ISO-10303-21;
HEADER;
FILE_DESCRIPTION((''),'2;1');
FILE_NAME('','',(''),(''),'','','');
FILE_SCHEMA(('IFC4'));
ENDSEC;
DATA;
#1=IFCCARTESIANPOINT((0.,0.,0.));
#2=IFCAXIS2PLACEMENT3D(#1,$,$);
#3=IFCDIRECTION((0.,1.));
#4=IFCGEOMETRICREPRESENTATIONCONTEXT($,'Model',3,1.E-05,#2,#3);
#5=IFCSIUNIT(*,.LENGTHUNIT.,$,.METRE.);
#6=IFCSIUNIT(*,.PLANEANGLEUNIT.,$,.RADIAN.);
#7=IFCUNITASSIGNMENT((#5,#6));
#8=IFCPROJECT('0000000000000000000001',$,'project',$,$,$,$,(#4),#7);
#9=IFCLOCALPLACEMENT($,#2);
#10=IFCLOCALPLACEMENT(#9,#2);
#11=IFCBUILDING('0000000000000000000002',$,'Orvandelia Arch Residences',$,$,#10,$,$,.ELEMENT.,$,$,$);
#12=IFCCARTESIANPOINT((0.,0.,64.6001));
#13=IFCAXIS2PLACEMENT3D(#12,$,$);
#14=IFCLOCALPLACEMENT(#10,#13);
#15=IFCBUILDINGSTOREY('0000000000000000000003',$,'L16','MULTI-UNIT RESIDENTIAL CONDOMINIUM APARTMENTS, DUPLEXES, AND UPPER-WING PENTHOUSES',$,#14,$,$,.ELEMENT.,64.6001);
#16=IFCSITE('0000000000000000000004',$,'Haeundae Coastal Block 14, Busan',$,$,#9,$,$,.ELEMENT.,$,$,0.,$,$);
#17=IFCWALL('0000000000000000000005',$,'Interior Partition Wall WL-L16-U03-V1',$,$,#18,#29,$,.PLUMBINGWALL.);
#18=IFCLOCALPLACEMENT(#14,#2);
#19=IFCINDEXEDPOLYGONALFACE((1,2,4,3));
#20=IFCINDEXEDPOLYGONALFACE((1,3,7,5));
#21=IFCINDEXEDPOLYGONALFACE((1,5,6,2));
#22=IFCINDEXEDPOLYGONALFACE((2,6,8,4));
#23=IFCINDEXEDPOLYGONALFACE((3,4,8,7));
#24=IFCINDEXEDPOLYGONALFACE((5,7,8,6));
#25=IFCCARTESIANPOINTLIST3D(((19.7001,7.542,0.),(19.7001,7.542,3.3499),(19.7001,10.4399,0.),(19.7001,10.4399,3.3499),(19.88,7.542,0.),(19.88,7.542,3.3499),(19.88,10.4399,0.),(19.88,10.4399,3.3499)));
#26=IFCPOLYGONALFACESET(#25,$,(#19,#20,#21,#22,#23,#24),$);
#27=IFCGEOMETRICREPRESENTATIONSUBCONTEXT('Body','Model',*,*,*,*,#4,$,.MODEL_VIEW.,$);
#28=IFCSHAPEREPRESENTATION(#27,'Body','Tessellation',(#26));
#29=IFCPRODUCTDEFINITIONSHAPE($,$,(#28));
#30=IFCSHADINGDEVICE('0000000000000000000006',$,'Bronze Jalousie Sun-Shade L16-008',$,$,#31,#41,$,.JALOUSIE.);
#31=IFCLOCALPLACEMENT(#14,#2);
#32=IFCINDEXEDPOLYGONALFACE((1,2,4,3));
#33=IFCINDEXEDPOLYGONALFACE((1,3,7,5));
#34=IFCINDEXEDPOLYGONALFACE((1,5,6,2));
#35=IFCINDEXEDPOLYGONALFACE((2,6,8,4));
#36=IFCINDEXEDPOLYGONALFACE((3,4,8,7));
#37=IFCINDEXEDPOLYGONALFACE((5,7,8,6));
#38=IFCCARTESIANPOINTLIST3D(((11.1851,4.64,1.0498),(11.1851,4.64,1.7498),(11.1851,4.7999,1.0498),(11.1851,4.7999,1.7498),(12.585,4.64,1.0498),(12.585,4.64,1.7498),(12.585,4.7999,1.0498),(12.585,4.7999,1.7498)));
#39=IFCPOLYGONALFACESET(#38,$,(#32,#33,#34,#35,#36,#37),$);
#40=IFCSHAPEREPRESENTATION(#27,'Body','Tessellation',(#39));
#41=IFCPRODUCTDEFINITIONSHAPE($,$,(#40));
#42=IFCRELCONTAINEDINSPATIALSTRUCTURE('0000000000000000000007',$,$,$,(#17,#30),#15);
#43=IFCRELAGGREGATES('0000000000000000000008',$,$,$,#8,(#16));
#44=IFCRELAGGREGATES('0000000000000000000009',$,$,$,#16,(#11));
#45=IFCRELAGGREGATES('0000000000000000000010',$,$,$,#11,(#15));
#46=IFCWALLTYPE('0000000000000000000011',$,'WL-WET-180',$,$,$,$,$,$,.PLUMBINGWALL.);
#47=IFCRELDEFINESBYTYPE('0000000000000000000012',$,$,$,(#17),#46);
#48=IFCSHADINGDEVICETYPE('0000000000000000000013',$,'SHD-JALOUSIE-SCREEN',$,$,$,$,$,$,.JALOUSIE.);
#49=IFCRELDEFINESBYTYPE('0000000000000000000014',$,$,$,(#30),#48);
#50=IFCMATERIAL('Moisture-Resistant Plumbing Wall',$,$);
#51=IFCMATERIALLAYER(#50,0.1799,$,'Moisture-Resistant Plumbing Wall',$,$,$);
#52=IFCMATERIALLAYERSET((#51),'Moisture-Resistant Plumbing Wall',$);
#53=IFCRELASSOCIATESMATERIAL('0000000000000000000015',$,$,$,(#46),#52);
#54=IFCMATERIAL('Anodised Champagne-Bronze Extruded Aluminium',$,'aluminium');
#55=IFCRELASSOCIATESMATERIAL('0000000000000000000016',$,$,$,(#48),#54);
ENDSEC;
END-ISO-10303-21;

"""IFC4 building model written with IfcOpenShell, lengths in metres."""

from ifc_helpers import new_model, si_unit, direction, frame, frame_2d, origin, origin_2d, place, context, subcontext, project, spatial, rectangle, extrude, material, layer, layer_set, type_object, element, save


model = new_model("IFC4")

# Units and contexts
model_context = context("Model", 3, precision=1e-05, world=origin(), true_north=direction((0.0, 1.0)))
body_context = subcontext(model_context, "Body", "Model", "MODEL_VIEW")
ifc_project = project(units=[si_unit("LENGTHUNIT", "METRE"), si_unit("PLANEANGLEUNIT", "RADIAN")], contexts=[model_context])

# Site, building, storey
site_placement = place(None, origin())
site = spatial("IfcSite", under=ifc_project, at=site_placement, Name="Haeundae Coastal Block 14, Busan", CompositionType="ELEMENT", RefElevation=0.0)
building_placement = place(site_placement, origin())
building = spatial("IfcBuilding", under=site, at=building_placement, Name="Orvandelia Arch Residences", CompositionType="ELEMENT")
storey_placement = place(building_placement, frame((0.0, 0.0, 64.6001)))
storey = spatial("IfcBuildingStorey", under=building, at=storey_placement, Name="L16", Description="MULTI-UNIT RESIDENTIAL CONDOMINIUM APARTMENTS, DUPLEXES, AND UPPER-WING PENTHOUSES", CompositionType="ELEMENT", Elevation=64.6001)

# Shared definitions
ifc_material_1 = material(Name="Moisture-Resistant Plumbing Wall")
ifc_layer_1 = layer(ifc_material_1, 0.1799, Name="Moisture-Resistant Plumbing Wall")
ifc_layer_set_1 = layer_set([ifc_layer_1], Name="Moisture-Resistant Plumbing Wall")
wall_type_1 = type_object("IfcWallType", Name="WL-WET-180", PredefinedType="PLUMBINGWALL", material=ifc_layer_set_1)

# Wall
wall_1_placement = place(storey_placement, frame((19.79, 7.542, 0.0), z_axis=(0.0, 0.0, 1.0), x_axis=(0.0, 1.0, 0.0)))
element("IfcWall", 1, at=wall_1_placement, inside=storey, type_object=wall_type_1, Name="Interior Partition Wall WL-L16-U03-V1", PredefinedType="PLUMBINGWALL", context=body_context, shape_type="SweptSolid", body=[
    extrude(rectangle(XDim=2.8979, YDim=0.1799, at=frame_2d((1.449, 0.0))), origin(), (0.0, 0.0, 1.0), 3.3499),
])

# Shading device
ifc_material_2 = material(Name="Anodised Champagne-Bronze Extruded Aluminium", Category="aluminium")
shading_device_type = type_object("IfcShadingDeviceType", Name="SHD-JALOUSIE-SCREEN", PredefinedType="JALOUSIE", material=ifc_material_2)
shading_device_placement = place(storey_placement, frame((11.885, 4.72, 1.0498), z_axis=(0.0, 0.0, 1.0), x_axis=(-1.0, 0.0, 0.0)))
element("IfcShadingDevice", 2, at=shading_device_placement, inside=storey, type_object=shading_device_type, Name="Bronze Jalousie Sun-Shade L16-008", PredefinedType="JALOUSIE", context=body_context, shape_type="SweptSolid", body=[
    extrude(rectangle(XDim=1.3999, YDim=0.1599, at=origin_2d()), origin(), (0.0, 0.0, 1.0), 0.7),
])

save(model, "model.ifc")
